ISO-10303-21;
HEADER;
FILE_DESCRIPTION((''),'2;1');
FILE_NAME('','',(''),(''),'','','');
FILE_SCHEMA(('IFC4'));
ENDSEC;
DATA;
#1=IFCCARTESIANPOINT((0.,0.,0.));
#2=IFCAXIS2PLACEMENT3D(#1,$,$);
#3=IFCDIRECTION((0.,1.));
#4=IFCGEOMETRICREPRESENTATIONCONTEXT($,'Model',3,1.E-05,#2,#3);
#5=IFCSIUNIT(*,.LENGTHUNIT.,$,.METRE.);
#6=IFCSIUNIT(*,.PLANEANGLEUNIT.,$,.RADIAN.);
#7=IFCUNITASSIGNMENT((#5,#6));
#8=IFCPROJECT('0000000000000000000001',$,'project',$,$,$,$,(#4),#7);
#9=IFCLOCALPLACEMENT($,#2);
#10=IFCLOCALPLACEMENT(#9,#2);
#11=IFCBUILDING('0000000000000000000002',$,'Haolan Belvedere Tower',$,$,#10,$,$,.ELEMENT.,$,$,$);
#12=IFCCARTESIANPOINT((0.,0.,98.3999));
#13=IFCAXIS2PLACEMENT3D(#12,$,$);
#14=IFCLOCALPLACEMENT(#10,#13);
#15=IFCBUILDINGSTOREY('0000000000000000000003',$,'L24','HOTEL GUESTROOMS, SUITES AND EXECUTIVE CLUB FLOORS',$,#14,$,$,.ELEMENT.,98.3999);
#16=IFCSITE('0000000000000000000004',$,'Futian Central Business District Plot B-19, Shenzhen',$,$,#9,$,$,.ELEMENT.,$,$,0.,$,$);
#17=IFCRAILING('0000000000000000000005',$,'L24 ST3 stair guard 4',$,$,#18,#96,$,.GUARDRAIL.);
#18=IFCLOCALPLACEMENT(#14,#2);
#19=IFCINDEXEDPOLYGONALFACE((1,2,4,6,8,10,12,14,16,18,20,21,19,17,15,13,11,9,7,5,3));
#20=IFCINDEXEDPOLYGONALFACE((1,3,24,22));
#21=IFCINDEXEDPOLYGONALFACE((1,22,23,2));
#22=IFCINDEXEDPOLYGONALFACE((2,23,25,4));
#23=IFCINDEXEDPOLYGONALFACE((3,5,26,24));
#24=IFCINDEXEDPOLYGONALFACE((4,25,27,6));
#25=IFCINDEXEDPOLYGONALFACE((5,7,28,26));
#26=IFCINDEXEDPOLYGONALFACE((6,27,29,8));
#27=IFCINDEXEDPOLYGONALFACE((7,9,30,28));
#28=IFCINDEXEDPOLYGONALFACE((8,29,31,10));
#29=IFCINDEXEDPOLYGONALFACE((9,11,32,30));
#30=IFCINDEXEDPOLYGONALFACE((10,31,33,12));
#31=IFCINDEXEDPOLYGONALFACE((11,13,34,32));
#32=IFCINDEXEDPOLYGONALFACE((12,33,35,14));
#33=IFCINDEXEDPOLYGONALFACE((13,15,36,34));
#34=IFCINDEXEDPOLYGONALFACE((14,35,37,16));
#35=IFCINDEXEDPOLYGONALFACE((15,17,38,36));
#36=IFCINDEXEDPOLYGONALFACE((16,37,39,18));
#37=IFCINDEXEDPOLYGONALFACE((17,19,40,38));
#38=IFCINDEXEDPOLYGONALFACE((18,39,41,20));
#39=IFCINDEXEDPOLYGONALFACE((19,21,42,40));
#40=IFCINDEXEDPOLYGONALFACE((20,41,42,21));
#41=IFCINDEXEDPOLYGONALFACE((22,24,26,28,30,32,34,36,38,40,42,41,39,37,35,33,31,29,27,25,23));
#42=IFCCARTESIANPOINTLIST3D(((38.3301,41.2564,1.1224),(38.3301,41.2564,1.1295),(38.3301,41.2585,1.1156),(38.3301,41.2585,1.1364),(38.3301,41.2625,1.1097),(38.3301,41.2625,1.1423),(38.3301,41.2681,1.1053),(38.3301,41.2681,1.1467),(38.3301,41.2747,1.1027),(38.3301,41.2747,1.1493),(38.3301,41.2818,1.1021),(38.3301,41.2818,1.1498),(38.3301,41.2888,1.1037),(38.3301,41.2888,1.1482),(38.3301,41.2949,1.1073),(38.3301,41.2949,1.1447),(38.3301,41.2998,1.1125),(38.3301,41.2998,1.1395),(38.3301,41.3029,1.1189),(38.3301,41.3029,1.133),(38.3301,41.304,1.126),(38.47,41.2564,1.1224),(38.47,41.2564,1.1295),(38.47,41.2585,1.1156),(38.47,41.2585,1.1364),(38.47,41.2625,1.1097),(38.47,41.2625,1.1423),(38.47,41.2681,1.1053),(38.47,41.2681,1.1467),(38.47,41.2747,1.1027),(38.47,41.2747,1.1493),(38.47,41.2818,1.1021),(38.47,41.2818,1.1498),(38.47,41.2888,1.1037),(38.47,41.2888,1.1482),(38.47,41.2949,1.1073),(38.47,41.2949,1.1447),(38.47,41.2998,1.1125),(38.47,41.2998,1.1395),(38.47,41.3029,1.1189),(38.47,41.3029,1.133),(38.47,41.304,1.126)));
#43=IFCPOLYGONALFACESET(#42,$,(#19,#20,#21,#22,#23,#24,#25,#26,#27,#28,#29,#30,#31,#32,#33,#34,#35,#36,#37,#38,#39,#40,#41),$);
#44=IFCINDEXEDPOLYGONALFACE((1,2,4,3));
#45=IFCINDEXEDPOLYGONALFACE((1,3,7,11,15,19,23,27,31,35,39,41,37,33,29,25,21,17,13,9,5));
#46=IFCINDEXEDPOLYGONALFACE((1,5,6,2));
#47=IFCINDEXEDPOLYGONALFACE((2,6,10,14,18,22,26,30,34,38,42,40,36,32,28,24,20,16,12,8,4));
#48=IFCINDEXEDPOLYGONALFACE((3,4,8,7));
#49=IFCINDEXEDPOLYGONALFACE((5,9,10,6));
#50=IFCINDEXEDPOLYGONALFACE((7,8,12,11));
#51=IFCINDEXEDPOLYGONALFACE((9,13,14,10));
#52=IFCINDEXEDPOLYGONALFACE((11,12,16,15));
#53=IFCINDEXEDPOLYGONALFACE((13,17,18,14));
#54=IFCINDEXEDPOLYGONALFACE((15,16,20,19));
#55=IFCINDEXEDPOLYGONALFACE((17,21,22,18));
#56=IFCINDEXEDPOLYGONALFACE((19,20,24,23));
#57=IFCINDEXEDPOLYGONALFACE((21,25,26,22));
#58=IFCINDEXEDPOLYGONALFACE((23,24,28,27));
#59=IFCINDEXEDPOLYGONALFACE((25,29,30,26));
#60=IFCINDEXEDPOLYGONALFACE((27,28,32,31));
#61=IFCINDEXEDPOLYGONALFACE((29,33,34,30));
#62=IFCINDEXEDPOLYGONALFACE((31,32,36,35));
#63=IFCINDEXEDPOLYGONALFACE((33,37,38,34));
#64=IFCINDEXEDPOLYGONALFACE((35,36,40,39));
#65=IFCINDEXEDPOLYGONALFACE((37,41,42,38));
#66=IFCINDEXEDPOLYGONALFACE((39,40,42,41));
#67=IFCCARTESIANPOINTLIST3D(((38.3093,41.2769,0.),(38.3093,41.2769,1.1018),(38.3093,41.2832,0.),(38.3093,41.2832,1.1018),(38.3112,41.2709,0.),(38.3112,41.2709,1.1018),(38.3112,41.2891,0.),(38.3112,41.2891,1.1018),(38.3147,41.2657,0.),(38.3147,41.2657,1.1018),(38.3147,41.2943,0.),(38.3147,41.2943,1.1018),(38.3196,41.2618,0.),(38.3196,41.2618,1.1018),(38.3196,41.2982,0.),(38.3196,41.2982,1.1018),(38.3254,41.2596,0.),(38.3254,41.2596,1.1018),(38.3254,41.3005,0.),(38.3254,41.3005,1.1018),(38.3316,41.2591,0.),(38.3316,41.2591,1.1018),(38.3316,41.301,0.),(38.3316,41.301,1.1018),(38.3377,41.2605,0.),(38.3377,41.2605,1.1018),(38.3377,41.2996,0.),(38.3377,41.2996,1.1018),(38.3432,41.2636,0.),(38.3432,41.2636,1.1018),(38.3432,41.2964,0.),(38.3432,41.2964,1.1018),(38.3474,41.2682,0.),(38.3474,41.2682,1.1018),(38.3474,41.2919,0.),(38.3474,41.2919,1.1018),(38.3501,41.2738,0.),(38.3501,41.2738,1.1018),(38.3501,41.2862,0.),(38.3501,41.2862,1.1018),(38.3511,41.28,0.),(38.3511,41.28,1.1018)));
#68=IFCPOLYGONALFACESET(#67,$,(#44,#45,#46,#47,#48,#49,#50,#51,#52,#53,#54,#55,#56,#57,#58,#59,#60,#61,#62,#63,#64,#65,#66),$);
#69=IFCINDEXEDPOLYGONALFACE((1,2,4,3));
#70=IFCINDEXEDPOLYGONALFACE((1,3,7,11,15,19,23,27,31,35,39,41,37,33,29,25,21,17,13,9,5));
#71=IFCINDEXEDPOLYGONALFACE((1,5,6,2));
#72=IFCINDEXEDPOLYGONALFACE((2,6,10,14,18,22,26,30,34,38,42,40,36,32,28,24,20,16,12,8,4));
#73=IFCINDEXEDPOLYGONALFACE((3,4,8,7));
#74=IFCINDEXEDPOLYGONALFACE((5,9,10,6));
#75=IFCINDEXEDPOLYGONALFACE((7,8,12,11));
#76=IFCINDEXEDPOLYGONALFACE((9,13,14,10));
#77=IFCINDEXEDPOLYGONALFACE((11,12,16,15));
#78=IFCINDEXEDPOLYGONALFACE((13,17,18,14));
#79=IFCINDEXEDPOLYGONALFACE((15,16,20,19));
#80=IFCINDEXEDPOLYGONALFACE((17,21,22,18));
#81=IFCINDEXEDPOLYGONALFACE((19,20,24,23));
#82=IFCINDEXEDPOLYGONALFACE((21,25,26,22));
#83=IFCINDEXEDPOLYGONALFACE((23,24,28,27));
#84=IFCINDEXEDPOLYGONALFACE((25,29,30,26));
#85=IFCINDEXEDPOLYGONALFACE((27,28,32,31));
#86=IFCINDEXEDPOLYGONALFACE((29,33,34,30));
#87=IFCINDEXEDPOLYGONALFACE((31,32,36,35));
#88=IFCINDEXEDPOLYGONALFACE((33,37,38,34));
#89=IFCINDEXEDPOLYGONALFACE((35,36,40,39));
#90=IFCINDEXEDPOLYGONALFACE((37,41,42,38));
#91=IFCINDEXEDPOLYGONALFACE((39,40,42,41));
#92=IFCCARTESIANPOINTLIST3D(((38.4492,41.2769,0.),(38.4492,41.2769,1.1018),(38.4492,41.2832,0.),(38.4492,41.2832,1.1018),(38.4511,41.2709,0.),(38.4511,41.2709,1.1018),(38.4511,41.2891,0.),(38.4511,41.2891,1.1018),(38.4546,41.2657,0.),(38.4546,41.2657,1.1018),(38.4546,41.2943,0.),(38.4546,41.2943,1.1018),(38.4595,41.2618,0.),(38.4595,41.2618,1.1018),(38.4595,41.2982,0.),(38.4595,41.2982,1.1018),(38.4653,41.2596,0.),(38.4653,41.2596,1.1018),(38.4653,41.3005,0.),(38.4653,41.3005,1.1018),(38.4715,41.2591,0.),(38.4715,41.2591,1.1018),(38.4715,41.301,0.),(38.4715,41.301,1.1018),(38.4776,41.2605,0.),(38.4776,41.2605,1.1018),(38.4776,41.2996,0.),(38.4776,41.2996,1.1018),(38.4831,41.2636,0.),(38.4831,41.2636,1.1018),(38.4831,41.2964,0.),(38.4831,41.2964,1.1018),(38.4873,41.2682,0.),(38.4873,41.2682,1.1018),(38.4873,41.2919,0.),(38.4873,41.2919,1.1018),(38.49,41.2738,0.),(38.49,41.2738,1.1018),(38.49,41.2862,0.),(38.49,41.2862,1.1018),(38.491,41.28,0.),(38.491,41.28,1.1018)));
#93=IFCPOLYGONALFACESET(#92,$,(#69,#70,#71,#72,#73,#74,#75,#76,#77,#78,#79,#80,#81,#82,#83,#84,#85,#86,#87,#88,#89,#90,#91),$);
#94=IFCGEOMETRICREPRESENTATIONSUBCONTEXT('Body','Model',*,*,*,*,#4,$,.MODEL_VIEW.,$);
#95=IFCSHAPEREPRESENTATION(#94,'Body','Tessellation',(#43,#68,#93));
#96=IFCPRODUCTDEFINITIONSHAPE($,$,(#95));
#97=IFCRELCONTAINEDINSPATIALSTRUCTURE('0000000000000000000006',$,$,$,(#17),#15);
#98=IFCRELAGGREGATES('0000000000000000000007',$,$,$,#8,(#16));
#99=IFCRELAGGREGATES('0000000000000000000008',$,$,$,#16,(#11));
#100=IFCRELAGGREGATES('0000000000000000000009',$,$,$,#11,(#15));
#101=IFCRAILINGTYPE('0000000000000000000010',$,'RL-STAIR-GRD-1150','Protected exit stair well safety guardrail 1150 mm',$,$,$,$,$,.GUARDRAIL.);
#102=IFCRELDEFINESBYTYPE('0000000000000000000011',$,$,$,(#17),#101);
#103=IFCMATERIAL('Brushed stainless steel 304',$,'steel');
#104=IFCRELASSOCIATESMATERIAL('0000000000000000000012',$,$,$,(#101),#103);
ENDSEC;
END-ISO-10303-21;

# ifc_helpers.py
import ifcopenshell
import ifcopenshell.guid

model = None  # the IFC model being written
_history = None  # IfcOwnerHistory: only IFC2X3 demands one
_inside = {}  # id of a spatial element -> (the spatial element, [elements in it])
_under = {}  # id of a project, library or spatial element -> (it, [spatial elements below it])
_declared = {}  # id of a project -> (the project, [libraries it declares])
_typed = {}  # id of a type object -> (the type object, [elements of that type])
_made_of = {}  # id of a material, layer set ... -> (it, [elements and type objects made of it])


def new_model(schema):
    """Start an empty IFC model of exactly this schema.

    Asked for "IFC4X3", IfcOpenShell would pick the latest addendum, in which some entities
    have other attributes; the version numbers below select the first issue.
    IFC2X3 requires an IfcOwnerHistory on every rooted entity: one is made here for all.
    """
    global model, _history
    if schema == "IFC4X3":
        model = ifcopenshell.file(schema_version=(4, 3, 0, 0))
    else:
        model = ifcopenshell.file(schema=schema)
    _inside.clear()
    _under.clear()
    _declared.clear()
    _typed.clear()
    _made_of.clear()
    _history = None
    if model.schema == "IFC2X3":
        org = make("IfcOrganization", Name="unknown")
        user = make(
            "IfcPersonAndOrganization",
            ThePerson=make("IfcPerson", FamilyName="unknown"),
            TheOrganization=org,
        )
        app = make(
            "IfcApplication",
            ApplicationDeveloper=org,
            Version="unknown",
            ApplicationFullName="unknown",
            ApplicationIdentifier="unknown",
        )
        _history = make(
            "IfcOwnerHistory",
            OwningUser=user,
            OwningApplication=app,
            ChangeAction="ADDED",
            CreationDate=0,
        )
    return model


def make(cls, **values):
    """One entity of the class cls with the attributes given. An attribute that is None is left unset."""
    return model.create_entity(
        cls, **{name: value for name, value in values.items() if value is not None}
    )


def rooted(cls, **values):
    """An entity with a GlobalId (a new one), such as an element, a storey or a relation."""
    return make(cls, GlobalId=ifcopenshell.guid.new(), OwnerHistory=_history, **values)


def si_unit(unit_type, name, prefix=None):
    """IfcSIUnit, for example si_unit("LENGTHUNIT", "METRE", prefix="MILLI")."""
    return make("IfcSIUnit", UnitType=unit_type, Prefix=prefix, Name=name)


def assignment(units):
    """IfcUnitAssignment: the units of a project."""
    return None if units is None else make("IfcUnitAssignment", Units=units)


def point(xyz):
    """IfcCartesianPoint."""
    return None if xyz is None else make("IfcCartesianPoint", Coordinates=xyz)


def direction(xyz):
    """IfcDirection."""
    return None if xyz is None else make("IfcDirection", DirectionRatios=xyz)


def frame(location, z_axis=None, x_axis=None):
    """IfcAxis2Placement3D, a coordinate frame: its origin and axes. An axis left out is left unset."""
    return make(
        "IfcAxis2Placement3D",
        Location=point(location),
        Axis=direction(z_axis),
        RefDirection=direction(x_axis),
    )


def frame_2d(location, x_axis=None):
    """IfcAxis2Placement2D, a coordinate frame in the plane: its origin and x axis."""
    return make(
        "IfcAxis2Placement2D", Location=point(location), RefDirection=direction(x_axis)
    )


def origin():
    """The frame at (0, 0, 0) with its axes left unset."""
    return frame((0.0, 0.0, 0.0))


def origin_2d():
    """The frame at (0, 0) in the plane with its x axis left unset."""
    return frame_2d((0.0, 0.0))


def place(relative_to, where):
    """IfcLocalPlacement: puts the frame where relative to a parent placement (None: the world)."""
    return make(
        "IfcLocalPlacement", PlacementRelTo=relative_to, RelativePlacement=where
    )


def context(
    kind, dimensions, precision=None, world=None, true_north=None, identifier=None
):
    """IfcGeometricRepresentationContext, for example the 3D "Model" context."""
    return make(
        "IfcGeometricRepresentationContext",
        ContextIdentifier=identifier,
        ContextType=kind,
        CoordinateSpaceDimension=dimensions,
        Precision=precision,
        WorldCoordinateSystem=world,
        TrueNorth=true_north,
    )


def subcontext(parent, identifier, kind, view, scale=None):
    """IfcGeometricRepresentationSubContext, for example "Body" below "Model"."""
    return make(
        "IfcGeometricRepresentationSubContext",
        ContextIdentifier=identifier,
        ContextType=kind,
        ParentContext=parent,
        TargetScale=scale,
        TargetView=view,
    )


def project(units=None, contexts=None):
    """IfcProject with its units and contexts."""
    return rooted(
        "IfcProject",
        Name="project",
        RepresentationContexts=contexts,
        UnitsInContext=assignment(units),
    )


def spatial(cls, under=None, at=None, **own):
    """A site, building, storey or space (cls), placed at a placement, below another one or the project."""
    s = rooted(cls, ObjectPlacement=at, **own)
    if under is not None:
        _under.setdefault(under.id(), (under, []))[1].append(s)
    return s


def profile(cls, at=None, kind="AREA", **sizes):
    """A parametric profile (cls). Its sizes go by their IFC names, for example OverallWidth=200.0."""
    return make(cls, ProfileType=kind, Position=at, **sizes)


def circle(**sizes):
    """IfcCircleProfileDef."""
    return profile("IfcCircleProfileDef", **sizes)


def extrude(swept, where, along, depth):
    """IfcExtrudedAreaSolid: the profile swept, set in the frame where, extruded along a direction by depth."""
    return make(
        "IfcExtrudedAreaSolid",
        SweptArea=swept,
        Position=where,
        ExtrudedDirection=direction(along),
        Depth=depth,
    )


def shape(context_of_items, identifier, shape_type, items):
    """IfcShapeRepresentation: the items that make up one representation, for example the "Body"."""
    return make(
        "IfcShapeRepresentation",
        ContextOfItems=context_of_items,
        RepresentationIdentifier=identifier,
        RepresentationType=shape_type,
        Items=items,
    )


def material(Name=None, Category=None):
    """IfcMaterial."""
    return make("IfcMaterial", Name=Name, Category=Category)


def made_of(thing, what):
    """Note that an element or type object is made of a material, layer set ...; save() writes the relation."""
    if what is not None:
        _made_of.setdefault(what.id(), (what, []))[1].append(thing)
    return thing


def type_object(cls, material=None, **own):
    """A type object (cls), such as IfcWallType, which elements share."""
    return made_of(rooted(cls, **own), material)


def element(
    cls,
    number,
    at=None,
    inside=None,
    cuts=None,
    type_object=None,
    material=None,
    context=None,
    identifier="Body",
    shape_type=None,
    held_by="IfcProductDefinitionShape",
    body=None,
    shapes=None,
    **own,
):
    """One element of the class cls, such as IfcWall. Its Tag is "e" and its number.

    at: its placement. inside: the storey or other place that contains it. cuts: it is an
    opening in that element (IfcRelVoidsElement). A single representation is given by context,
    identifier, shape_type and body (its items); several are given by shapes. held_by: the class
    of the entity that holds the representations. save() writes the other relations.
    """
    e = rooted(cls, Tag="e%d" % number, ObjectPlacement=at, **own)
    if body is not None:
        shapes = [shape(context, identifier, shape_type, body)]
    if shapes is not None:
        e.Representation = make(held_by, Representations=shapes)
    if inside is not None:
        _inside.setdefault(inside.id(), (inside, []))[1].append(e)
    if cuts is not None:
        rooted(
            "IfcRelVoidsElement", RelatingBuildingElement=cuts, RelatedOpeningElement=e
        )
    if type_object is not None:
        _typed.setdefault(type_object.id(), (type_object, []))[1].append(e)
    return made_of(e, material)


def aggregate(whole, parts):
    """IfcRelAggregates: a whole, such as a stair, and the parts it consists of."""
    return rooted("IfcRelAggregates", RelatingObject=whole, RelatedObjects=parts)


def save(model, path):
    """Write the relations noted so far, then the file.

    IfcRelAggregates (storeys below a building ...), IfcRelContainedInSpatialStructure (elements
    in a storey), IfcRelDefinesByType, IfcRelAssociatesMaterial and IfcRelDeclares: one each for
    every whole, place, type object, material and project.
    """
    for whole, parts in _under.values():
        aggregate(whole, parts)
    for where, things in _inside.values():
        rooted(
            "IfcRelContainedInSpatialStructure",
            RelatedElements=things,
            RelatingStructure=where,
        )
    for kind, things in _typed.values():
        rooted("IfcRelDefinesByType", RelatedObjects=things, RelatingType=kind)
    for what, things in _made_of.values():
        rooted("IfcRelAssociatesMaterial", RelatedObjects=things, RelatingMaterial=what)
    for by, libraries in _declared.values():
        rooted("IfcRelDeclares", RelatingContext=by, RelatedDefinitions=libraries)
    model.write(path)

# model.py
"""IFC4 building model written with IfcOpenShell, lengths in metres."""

from ifc_helpers import new_model, si_unit, direction, frame, origin, origin_2d, place, context, subcontext, project, spatial, circle, extrude, material, type_object, element, save


model = new_model("IFC4")

# Units and contexts
model_context = context("Model", 3, precision=1e-05, world=origin(), true_north=direction((0.0, 1.0)))
body_context = subcontext(model_context, "Body", "Model", "MODEL_VIEW")
ifc_project = project(units=[si_unit("LENGTHUNIT", "METRE"), si_unit("PLANEANGLEUNIT", "RADIAN")], contexts=[model_context])

# Site, building, storey
site_placement = place(None, origin())
site = spatial("IfcSite", under=ifc_project, at=site_placement, Name="Futian Central Business District Plot B-19, Shenzhen", CompositionType="ELEMENT", RefElevation=0.0)
building_placement = place(site_placement, origin())
building = spatial("IfcBuilding", under=site, at=building_placement, Name="Haolan Belvedere Tower", CompositionType="ELEMENT")
storey_placement = place(building_placement, frame((0.0, 0.0, 98.3999)))
storey = spatial("IfcBuildingStorey", under=building, at=storey_placement, Name="L24", Description="HOTEL GUESTROOMS, SUITES AND EXECUTIVE CLUB FLOORS", CompositionType="ELEMENT", Elevation=98.3999)

# Railing
ifc_material_1 = material(Name="Brushed stainless steel 304", Category="steel")
railing_type_1 = type_object("IfcRailingType", Name="RL-STAIR-GRD-1150", Description="Protected exit stair well safety guardrail 1150 mm", PredefinedType="GUARDRAIL", material=ifc_material_1)
railing_1_placement = place(storey_placement, frame((38.3301, 41.28, 0.0)))
element("IfcRailing", 1, at=railing_1_placement, inside=storey, type_object=railing_type_1, Name="L24 ST3 stair guard 4", PredefinedType="GUARDRAIL", context=body_context, shape_type="SweptSolid", body=[
    extrude(circle(Radius=0.0239, at=origin_2d()), frame((0.0, 0.0, 1.126), z_axis=(1.0, 0.0, 0.0), x_axis=(0.0, 1.0, 0.0)), (0.0, 0.0, 1.0), 0.1399),
    extrude(circle(Radius=0.021, at=origin_2d()), origin(), (0.0, 0.0, 1.0), 1.1018),
    extrude(circle(Radius=0.021, at=origin_2d()), frame((0.1399, 0.0, 0.0)), (0.0, 0.0, 1.0), 1.1018),
])

save(model, "model.ifc")
